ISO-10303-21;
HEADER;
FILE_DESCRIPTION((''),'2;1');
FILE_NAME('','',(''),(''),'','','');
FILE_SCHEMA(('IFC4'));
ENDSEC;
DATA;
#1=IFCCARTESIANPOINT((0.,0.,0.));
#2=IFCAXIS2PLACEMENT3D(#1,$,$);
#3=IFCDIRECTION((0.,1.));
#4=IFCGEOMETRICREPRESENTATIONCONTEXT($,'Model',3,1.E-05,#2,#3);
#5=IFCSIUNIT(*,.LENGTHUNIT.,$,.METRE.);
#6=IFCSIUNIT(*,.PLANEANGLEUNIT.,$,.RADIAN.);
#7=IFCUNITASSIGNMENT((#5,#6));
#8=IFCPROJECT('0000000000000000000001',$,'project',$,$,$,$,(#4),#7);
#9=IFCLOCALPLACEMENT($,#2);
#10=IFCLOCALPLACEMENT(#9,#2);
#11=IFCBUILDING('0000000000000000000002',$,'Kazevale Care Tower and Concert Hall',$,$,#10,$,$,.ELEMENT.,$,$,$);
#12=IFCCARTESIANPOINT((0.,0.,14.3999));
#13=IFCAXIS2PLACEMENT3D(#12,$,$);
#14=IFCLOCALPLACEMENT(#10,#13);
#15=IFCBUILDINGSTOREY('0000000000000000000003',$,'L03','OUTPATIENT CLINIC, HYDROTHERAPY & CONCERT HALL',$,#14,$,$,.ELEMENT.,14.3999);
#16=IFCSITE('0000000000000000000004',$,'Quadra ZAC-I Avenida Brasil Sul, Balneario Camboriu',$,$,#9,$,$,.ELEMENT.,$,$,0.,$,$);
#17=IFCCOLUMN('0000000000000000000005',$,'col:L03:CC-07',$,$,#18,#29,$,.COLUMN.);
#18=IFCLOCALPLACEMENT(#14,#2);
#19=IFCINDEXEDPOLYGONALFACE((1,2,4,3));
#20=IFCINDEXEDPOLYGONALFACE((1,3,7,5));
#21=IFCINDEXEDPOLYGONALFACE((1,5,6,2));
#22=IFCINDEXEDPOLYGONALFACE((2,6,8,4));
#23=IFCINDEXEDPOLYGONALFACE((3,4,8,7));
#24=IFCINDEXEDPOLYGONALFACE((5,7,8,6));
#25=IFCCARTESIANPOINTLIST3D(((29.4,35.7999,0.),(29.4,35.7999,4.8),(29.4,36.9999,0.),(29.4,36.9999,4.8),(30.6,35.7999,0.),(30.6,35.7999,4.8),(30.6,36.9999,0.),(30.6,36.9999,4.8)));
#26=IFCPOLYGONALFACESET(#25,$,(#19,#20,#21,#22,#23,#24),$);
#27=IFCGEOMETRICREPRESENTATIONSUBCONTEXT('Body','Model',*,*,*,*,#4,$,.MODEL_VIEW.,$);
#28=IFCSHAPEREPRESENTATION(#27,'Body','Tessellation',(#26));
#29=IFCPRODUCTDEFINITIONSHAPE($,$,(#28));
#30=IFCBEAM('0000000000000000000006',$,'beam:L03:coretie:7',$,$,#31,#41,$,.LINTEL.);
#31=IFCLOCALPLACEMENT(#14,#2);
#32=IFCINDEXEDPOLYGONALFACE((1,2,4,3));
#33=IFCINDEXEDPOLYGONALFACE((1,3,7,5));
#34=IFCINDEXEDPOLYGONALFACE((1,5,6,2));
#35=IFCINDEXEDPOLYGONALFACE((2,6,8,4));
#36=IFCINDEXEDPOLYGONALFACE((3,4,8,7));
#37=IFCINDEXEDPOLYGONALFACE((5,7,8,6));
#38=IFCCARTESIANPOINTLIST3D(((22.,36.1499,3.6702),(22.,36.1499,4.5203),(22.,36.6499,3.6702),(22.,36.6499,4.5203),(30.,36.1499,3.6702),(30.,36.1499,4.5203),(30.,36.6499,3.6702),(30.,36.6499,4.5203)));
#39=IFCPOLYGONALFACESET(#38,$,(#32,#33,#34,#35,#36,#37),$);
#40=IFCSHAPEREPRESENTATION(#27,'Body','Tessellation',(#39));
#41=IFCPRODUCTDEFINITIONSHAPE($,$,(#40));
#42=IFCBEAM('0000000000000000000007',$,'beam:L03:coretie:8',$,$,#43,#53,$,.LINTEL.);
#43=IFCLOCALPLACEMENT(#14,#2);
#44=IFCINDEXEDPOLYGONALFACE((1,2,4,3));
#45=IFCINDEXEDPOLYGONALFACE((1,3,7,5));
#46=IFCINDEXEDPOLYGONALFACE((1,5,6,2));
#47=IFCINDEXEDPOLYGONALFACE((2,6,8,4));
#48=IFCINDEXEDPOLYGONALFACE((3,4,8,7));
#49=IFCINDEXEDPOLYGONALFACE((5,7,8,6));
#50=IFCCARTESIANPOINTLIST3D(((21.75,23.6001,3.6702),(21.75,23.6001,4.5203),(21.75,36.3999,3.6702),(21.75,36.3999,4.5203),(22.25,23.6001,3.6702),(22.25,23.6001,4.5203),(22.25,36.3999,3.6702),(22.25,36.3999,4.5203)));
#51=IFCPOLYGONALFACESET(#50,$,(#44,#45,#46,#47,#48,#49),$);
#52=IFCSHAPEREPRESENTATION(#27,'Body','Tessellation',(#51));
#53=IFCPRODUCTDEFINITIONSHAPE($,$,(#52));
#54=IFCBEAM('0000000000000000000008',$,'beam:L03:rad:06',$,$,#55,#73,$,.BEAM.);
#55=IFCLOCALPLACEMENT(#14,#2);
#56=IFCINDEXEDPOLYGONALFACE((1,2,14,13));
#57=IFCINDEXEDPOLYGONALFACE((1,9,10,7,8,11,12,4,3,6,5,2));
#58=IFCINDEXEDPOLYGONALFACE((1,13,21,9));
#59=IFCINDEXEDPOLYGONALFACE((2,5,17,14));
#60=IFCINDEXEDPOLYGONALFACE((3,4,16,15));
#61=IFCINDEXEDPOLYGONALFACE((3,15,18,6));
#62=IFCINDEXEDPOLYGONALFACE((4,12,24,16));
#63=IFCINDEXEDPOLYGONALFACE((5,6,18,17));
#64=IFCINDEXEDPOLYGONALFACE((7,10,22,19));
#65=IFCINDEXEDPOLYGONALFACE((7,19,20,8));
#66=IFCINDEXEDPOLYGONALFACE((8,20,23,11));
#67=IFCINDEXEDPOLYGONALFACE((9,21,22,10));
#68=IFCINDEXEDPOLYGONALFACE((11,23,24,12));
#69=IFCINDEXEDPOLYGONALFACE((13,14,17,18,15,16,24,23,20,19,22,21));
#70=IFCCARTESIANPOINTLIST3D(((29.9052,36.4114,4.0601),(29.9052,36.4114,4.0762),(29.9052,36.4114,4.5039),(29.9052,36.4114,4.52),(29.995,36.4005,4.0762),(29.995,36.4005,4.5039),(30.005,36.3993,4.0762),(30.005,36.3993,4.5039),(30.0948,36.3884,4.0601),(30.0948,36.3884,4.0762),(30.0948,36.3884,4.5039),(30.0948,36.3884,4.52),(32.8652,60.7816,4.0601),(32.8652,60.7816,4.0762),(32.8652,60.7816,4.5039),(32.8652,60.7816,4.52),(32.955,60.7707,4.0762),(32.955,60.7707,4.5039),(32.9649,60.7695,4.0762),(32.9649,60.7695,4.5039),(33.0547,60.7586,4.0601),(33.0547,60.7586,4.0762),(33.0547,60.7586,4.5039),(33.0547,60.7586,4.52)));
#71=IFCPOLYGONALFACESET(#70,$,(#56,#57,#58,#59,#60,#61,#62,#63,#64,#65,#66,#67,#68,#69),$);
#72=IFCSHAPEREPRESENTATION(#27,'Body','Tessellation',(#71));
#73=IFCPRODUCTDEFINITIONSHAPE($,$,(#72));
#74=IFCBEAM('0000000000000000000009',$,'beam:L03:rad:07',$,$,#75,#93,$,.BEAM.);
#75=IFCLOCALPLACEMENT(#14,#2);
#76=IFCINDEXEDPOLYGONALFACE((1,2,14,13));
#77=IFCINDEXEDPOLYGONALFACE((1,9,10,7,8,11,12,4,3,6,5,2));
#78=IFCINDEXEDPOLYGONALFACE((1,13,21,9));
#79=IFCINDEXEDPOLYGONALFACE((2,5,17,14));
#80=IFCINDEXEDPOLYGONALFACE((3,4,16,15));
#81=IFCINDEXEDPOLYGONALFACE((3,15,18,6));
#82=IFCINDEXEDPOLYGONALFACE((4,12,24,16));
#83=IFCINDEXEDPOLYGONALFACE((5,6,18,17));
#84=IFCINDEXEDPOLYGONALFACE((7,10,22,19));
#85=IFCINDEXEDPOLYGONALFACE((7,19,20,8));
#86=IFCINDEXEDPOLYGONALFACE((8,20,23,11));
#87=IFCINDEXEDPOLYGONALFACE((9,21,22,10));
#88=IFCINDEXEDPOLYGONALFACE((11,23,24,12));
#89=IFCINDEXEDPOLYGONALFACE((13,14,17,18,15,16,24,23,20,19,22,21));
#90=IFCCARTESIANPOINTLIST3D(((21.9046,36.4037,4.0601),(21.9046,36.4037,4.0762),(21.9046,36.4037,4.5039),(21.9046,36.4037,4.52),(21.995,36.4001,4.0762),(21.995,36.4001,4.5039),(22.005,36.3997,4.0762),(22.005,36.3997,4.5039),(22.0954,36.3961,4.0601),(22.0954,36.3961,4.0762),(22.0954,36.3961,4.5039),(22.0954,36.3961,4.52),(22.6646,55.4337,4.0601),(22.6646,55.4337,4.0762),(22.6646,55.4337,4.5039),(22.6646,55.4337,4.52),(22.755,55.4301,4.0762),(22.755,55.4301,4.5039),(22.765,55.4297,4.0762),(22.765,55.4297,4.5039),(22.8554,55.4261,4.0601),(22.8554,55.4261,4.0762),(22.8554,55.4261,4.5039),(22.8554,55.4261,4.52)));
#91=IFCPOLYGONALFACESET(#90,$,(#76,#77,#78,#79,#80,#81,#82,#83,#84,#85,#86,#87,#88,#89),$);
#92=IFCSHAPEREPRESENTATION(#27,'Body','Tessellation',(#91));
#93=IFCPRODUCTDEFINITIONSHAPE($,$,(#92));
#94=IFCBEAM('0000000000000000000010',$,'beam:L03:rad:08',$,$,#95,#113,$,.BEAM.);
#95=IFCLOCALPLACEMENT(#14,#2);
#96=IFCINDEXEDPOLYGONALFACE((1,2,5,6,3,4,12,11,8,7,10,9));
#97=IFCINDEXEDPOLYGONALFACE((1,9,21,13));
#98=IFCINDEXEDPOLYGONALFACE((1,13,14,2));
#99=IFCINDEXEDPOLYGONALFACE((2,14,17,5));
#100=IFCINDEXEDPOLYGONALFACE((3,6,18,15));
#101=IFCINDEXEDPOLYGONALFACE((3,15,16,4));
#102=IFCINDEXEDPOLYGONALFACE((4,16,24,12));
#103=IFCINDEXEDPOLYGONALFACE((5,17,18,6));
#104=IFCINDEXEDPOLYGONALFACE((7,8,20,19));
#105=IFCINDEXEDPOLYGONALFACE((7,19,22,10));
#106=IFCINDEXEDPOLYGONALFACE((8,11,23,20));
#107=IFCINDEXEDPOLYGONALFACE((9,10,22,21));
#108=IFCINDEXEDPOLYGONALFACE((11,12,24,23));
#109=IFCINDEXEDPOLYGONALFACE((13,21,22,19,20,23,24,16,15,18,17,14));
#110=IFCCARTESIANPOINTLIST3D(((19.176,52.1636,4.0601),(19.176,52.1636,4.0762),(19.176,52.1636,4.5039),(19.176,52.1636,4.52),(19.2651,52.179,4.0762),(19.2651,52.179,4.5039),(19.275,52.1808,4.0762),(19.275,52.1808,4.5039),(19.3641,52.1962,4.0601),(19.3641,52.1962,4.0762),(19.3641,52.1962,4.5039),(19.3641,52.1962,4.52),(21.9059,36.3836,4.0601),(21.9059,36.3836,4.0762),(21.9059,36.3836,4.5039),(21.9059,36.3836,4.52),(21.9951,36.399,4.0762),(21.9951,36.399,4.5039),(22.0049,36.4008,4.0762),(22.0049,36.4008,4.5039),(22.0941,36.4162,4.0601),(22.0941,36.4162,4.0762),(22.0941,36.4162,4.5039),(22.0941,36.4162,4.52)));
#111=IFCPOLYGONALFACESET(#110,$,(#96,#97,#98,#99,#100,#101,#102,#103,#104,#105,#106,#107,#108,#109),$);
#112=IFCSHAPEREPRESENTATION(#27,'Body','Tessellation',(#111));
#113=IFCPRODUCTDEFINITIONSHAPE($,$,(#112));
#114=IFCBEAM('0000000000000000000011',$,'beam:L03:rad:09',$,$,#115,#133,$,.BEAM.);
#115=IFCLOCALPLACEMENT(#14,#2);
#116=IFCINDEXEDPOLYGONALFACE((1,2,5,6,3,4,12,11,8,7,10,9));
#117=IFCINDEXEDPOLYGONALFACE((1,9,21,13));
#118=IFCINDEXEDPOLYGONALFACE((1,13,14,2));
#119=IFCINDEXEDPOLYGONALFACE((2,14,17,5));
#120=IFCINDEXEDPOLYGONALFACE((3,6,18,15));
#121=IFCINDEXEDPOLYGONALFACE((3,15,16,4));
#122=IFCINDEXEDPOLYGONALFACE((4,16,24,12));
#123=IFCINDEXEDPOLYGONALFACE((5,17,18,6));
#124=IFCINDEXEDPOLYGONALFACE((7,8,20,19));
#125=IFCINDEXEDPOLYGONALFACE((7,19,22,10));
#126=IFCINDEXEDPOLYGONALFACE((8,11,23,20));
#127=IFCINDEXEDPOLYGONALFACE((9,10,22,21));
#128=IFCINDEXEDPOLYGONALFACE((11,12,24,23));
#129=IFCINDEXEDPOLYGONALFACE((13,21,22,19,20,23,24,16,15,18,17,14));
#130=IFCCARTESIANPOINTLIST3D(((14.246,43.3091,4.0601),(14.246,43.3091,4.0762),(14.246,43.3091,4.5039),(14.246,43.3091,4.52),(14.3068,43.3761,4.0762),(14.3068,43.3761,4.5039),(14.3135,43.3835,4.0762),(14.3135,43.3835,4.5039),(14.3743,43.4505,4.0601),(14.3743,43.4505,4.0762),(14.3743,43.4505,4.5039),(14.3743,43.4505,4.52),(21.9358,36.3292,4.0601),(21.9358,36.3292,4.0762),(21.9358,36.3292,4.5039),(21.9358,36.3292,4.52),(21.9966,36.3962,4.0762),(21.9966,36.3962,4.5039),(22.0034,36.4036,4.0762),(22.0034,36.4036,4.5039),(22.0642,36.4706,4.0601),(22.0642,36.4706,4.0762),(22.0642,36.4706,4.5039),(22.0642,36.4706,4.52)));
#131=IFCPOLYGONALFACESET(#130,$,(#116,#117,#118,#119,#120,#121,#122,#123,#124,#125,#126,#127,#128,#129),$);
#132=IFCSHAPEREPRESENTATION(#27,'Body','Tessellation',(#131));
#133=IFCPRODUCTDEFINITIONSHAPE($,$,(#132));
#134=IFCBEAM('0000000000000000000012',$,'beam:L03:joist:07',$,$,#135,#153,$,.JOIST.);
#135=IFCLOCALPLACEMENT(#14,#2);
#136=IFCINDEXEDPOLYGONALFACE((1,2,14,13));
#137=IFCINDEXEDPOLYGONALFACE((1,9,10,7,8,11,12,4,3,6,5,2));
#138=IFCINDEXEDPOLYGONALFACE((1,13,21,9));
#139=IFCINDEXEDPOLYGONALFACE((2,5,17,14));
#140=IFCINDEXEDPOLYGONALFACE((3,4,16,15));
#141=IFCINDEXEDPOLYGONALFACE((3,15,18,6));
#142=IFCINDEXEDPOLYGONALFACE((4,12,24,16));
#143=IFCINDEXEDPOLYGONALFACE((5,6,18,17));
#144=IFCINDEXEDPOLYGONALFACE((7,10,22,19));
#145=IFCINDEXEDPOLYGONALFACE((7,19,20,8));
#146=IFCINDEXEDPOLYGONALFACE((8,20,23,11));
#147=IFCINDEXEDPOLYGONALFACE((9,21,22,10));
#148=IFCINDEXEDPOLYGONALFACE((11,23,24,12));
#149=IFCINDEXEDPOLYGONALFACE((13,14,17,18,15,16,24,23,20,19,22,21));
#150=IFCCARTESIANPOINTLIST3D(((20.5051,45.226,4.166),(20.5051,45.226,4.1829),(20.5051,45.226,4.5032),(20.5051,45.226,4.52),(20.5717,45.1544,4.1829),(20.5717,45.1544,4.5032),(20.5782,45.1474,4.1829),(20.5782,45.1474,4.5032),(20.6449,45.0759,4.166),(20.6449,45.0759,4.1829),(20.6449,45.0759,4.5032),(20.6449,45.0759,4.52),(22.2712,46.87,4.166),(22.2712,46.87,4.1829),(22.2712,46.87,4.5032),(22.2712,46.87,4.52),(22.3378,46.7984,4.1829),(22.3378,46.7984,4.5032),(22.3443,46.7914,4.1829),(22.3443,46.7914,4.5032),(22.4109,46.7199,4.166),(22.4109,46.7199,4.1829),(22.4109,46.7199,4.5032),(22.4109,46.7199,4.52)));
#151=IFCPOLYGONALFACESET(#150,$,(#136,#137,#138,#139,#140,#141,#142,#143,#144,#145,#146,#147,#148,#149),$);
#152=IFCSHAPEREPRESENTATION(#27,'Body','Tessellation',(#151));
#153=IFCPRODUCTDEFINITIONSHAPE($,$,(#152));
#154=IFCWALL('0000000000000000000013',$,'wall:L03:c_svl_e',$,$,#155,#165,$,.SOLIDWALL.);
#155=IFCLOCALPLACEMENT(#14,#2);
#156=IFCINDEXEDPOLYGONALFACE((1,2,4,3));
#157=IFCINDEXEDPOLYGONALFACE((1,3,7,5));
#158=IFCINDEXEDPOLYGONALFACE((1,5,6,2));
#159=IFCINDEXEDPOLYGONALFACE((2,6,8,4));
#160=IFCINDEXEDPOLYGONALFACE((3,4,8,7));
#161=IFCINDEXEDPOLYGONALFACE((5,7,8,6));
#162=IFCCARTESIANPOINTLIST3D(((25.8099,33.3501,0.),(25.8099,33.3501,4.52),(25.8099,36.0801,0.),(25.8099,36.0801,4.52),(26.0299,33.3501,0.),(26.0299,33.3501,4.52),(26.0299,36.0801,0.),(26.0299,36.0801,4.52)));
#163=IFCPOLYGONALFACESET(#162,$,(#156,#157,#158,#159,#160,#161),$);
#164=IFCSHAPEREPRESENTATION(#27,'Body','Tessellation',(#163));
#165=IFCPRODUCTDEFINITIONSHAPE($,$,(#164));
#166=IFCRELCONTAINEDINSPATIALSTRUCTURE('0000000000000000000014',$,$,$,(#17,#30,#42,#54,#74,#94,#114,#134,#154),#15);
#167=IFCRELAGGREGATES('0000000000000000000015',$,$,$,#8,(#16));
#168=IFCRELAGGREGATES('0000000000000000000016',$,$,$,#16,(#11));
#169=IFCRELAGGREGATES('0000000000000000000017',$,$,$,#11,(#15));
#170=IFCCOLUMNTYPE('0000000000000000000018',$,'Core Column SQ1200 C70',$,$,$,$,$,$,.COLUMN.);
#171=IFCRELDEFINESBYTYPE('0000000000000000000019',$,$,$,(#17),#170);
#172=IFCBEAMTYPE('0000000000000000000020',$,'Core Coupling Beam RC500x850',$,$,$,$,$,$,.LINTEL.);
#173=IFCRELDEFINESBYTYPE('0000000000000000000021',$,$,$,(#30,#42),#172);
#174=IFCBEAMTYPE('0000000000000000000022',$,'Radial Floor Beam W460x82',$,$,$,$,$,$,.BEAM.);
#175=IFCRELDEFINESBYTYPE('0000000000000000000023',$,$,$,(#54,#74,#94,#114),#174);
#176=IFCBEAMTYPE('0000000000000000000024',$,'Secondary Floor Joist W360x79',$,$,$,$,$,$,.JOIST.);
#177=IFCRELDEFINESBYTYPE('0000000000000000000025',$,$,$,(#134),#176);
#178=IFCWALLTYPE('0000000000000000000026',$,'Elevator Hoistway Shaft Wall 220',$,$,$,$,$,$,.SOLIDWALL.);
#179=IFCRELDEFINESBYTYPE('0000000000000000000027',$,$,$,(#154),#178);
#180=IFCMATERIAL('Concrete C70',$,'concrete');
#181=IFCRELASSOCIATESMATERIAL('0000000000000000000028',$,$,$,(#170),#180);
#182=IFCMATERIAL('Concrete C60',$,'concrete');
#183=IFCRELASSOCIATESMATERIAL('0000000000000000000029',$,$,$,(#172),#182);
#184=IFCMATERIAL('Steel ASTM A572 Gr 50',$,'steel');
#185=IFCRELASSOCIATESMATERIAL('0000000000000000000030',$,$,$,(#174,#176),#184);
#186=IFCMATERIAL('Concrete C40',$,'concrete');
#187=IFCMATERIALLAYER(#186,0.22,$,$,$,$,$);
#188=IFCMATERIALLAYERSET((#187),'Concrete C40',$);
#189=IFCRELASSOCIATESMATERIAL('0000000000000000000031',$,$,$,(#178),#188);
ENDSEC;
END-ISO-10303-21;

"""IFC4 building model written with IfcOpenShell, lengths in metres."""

from ifc_helpers import new_model, si_unit, direction, frame, frame_2d, origin, origin_2d, place, context, subcontext, project, spatial, rectangle, i_section, extrude, material, layer, layer_set, material_profile, profile_set, type_object, element, save


model = new_model("IFC4")

# Units and contexts
model_context = context("Model", 3, precision=1e-05, world=origin(), true_north=direction((0.0, 1.0)))
body_context = subcontext(model_context, "Body", "Model", "MODEL_VIEW")
ifc_project = project(units=[si_unit("LENGTHUNIT", "METRE"), si_unit("PLANEANGLEUNIT", "RADIAN")], contexts=[model_context])

# Site, building, storey
site_placement = place(None, origin())
site = spatial("IfcSite", under=ifc_project, at=site_placement, Name="Quadra ZAC-I Avenida Brasil Sul, Balneario Camboriu", CompositionType="ELEMENT", RefElevation=0.0)
building_placement = place(site_placement, origin())
building = spatial("IfcBuilding", under=site, at=building_placement, Name="Kazevale Care Tower and Concert Hall", CompositionType="ELEMENT")
storey_placement = place(building_placement, frame((0.0, 0.0, 14.3999)))
storey = spatial("IfcBuildingStorey", under=building, at=storey_placement, Name="L03", Description="OUTPATIENT CLINIC, HYDROTHERAPY & CONCERT HALL", CompositionType="ELEMENT", Elevation=14.3999)

# Column
ifc_material_1 = material(Name="Concrete C70", Category="concrete")
ifc_material_profile_1 = material_profile(ifc_material_1, rectangle(XDim=1.2, YDim=1.2, at=origin_2d()), Name="RC-SQ1200")
ifc_profile_set_1 = profile_set([ifc_material_profile_1], Name="Concrete C70")
column_type = type_object("IfcColumnType", Name="Core Column SQ1200 C70", PredefinedType="COLUMN", material=ifc_profile_set_1)
column_placement = place(storey_placement, frame((30.0, 36.3999, 0.0), z_axis=(0.0, 0.0, 1.0), x_axis=(1.0, 0.0, 0.0)))
element("IfcColumn", 1, at=column_placement, inside=storey, type_object=column_type, Name="col:L03:CC-07", PredefinedType="COLUMN", context=body_context, shape_type="SweptSolid", body=[
    extrude(rectangle(XDim=1.2, YDim=1.2, at=origin_2d()), origin(), (0.0, 0.0, 1.0), 4.8),
])

# Beams
ifc_material_2 = material(Name="Concrete C60", Category="concrete")
ifc_material_profile_2 = material_profile(ifc_material_2, rectangle(XDim=0.5, YDim=0.8501, at=origin_2d()), Name="RC-B500x850")
ifc_profile_set_2 = profile_set([ifc_material_profile_2], Name="Concrete C60")
beam_type_1 = type_object("IfcBeamType", Name="Core Coupling Beam RC500x850", PredefinedType="LINTEL", material=ifc_profile_set_2)
beam_1_placement = place(storey_placement, frame((30.0, 36.3999, 4.0952), z_axis=(-1.0, 0.0, 0.0), x_axis=(0.0, -1.0, 0.0)))
element("IfcBeam", 2, at=beam_1_placement, inside=storey, type_object=beam_type_1, Name="beam:L03:coretie:7", PredefinedType="LINTEL", context=body_context, shape_type="SweptSolid", body=[
    extrude(rectangle(XDim=0.5, YDim=0.8501, at=origin_2d()), origin(), (0.0, 0.0, 1.0), 8.0),
])
beam_2_placement = place(storey_placement, frame((22.0, 36.3999, 4.0952), z_axis=(0.0, -1.0, 0.0), x_axis=(1.0, 0.0, 0.0)))
element("IfcBeam", 3, at=beam_2_placement, inside=storey, type_object=beam_type_1, Name="beam:L03:coretie:8", PredefinedType="LINTEL", context=body_context, shape_type="SweptSolid", body=[
    extrude(rectangle(XDim=0.5, YDim=0.8501, at=origin_2d()), origin(), (0.0, 0.0, 1.0), 12.7998),
])
ifc_material_3 = material(Name="Steel ASTM A572 Gr 50", Category="steel")
ifc_material_profile_3 = material_profile(ifc_material_3, i_section(OverallWidth=0.1909, OverallDepth=0.46, WebThickness=0.01, FlangeThickness=0.0161, at=origin_2d()), Name="W460x82")
ifc_profile_set_3 = profile_set([ifc_material_profile_3], Name="Steel ASTM A572 Gr 50")
beam_type_2 = type_object("IfcBeamType", Name="Radial Floor Beam W460x82", PredefinedType="BEAM", material=ifc_profile_set_3)
beam_3_placement = place(storey_placement, frame((30.0, 36.3999, 4.29), z_axis=(0.120573, 0.992705, 0.0), x_axis=(-0.992705, 0.120573, 0.0)))
element("IfcBeam", 4, at=beam_3_placement, inside=storey, type_object=beam_type_2, Name="beam:L03:rad:06", PredefinedType="BEAM", context=body_context, shape_type="SweptSolid", body=[
    extrude(i_section(OverallWidth=0.1909, OverallDepth=0.46, WebThickness=0.01, FlangeThickness=0.0161, at=origin_2d()), origin(), (0.0, 0.0, 1.0), 24.5493),
])
beam_4_placement = place(storey_placement, frame((22.0, 36.3999, 4.29), z_axis=(0.039906, 0.999203, 0.0), x_axis=(-0.999203, 0.039906, 0.0)))
element("IfcBeam", 5, at=beam_4_placement, inside=storey, type_object=beam_type_2, Name="beam:L03:rad:07", PredefinedType="BEAM", context=body_context, shape_type="SweptSolid", body=[
    extrude(i_section(OverallWidth=0.1909, OverallDepth=0.46, WebThickness=0.01, FlangeThickness=0.0161, at=origin_2d()), origin(), (0.0, 0.0, 1.0), 19.0452),
])
beam_5_placement = place(storey_placement, frame((22.0, 36.3999, 4.29), z_axis=(-0.17047, 0.985363, 0.0), x_axis=(-0.985363, -0.17047, 0.0)))
element("IfcBeam", 6, at=beam_5_placement, inside=storey, type_object=beam_type_2, Name="beam:L03:rad:08", PredefinedType="BEAM", context=body_context, shape_type="SweptSolid", body=[
    extrude(i_section(OverallWidth=0.1909, OverallDepth=0.46, WebThickness=0.01, FlangeThickness=0.0161, at=origin_2d()), origin(), (0.0, 0.0, 1.0), 16.0144),
])
beam_6_placement = place(storey_placement, frame((22.0, 36.3999, 4.29), z_axis=(-0.740461, 0.672099, 0.0), x_axis=(-0.672099, -0.740461, 0.0)))
element("IfcBeam", 7, at=beam_6_placement, inside=storey, type_object=beam_type_2, Name="beam:L03:rad:09", PredefinedType="BEAM", context=body_context, shape_type="SweptSolid", body=[
    extrude(i_section(OverallWidth=0.1909, OverallDepth=0.46, WebThickness=0.01, FlangeThickness=0.0161, at=origin_2d()), origin(), (0.0, 0.0, 1.0), 10.3853),
])
ifc_material_profile_4 = material_profile(ifc_material_3, i_section(OverallWidth=0.2051, OverallDepth=0.354, WebThickness=0.0095, FlangeThickness=0.0168, at=origin_2d()), Name="W360x79")
ifc_profile_set_4 = profile_set([ifc_material_profile_4], Name="Steel ASTM A572 Gr 50")
beam_type_3 = type_object("IfcBeamType", Name="Secondary Floor Joist W360x79", PredefinedType="JOIST", material=ifc_profile_set_4)
beam_7_placement = place(storey_placement, frame((22.3411, 46.7949, 4.343), z_axis=(-0.73195, -0.681359, 0.0), x_axis=(0.681359, -0.73195, 0.0)))
element("IfcBeam", 8, at=beam_7_placement, inside=storey, type_object=beam_type_3, Name="beam:L03:joist:07", PredefinedType="JOIST", context=body_context, shape_type="SweptSolid", body=[
    extrude(i_section(OverallWidth=0.2051, OverallDepth=0.354, WebThickness=0.0095, FlangeThickness=0.0168, at=origin_2d()), origin(), (0.0, 0.0, 1.0), 2.4128),
])

# Wall
ifc_material_4 = material(Name="Concrete C40", Category="concrete")
ifc_layer_1 = layer(ifc_material_4, 0.22)
ifc_layer_set_1 = layer_set([ifc_layer_1], Name="Concrete C40")
wall_type_1 = type_object("IfcWallType", Name="Elevator Hoistway Shaft Wall 220", PredefinedType="SOLIDWALL", material=ifc_layer_set_1)
wall_1_placement = place(storey_placement, frame((25.9199, 33.3501, 0.0), z_axis=(0.0, 0.0, 1.0), x_axis=(0.0, 1.0, 0.0)))
element("IfcWall", 9, at=wall_1_placement, inside=storey, type_object=wall_type_1, Name="wall:L03:c_svl_e", PredefinedType="SOLIDWALL", context=body_context, shape_type="SweptSolid", body=[
    extrude(rectangle(XDim=2.73, YDim=0.22, at=frame_2d((1.365, 0.0))), origin(), (0.0, 0.0, 1.0), 4.52),
])

save(model, "model.ifc")
